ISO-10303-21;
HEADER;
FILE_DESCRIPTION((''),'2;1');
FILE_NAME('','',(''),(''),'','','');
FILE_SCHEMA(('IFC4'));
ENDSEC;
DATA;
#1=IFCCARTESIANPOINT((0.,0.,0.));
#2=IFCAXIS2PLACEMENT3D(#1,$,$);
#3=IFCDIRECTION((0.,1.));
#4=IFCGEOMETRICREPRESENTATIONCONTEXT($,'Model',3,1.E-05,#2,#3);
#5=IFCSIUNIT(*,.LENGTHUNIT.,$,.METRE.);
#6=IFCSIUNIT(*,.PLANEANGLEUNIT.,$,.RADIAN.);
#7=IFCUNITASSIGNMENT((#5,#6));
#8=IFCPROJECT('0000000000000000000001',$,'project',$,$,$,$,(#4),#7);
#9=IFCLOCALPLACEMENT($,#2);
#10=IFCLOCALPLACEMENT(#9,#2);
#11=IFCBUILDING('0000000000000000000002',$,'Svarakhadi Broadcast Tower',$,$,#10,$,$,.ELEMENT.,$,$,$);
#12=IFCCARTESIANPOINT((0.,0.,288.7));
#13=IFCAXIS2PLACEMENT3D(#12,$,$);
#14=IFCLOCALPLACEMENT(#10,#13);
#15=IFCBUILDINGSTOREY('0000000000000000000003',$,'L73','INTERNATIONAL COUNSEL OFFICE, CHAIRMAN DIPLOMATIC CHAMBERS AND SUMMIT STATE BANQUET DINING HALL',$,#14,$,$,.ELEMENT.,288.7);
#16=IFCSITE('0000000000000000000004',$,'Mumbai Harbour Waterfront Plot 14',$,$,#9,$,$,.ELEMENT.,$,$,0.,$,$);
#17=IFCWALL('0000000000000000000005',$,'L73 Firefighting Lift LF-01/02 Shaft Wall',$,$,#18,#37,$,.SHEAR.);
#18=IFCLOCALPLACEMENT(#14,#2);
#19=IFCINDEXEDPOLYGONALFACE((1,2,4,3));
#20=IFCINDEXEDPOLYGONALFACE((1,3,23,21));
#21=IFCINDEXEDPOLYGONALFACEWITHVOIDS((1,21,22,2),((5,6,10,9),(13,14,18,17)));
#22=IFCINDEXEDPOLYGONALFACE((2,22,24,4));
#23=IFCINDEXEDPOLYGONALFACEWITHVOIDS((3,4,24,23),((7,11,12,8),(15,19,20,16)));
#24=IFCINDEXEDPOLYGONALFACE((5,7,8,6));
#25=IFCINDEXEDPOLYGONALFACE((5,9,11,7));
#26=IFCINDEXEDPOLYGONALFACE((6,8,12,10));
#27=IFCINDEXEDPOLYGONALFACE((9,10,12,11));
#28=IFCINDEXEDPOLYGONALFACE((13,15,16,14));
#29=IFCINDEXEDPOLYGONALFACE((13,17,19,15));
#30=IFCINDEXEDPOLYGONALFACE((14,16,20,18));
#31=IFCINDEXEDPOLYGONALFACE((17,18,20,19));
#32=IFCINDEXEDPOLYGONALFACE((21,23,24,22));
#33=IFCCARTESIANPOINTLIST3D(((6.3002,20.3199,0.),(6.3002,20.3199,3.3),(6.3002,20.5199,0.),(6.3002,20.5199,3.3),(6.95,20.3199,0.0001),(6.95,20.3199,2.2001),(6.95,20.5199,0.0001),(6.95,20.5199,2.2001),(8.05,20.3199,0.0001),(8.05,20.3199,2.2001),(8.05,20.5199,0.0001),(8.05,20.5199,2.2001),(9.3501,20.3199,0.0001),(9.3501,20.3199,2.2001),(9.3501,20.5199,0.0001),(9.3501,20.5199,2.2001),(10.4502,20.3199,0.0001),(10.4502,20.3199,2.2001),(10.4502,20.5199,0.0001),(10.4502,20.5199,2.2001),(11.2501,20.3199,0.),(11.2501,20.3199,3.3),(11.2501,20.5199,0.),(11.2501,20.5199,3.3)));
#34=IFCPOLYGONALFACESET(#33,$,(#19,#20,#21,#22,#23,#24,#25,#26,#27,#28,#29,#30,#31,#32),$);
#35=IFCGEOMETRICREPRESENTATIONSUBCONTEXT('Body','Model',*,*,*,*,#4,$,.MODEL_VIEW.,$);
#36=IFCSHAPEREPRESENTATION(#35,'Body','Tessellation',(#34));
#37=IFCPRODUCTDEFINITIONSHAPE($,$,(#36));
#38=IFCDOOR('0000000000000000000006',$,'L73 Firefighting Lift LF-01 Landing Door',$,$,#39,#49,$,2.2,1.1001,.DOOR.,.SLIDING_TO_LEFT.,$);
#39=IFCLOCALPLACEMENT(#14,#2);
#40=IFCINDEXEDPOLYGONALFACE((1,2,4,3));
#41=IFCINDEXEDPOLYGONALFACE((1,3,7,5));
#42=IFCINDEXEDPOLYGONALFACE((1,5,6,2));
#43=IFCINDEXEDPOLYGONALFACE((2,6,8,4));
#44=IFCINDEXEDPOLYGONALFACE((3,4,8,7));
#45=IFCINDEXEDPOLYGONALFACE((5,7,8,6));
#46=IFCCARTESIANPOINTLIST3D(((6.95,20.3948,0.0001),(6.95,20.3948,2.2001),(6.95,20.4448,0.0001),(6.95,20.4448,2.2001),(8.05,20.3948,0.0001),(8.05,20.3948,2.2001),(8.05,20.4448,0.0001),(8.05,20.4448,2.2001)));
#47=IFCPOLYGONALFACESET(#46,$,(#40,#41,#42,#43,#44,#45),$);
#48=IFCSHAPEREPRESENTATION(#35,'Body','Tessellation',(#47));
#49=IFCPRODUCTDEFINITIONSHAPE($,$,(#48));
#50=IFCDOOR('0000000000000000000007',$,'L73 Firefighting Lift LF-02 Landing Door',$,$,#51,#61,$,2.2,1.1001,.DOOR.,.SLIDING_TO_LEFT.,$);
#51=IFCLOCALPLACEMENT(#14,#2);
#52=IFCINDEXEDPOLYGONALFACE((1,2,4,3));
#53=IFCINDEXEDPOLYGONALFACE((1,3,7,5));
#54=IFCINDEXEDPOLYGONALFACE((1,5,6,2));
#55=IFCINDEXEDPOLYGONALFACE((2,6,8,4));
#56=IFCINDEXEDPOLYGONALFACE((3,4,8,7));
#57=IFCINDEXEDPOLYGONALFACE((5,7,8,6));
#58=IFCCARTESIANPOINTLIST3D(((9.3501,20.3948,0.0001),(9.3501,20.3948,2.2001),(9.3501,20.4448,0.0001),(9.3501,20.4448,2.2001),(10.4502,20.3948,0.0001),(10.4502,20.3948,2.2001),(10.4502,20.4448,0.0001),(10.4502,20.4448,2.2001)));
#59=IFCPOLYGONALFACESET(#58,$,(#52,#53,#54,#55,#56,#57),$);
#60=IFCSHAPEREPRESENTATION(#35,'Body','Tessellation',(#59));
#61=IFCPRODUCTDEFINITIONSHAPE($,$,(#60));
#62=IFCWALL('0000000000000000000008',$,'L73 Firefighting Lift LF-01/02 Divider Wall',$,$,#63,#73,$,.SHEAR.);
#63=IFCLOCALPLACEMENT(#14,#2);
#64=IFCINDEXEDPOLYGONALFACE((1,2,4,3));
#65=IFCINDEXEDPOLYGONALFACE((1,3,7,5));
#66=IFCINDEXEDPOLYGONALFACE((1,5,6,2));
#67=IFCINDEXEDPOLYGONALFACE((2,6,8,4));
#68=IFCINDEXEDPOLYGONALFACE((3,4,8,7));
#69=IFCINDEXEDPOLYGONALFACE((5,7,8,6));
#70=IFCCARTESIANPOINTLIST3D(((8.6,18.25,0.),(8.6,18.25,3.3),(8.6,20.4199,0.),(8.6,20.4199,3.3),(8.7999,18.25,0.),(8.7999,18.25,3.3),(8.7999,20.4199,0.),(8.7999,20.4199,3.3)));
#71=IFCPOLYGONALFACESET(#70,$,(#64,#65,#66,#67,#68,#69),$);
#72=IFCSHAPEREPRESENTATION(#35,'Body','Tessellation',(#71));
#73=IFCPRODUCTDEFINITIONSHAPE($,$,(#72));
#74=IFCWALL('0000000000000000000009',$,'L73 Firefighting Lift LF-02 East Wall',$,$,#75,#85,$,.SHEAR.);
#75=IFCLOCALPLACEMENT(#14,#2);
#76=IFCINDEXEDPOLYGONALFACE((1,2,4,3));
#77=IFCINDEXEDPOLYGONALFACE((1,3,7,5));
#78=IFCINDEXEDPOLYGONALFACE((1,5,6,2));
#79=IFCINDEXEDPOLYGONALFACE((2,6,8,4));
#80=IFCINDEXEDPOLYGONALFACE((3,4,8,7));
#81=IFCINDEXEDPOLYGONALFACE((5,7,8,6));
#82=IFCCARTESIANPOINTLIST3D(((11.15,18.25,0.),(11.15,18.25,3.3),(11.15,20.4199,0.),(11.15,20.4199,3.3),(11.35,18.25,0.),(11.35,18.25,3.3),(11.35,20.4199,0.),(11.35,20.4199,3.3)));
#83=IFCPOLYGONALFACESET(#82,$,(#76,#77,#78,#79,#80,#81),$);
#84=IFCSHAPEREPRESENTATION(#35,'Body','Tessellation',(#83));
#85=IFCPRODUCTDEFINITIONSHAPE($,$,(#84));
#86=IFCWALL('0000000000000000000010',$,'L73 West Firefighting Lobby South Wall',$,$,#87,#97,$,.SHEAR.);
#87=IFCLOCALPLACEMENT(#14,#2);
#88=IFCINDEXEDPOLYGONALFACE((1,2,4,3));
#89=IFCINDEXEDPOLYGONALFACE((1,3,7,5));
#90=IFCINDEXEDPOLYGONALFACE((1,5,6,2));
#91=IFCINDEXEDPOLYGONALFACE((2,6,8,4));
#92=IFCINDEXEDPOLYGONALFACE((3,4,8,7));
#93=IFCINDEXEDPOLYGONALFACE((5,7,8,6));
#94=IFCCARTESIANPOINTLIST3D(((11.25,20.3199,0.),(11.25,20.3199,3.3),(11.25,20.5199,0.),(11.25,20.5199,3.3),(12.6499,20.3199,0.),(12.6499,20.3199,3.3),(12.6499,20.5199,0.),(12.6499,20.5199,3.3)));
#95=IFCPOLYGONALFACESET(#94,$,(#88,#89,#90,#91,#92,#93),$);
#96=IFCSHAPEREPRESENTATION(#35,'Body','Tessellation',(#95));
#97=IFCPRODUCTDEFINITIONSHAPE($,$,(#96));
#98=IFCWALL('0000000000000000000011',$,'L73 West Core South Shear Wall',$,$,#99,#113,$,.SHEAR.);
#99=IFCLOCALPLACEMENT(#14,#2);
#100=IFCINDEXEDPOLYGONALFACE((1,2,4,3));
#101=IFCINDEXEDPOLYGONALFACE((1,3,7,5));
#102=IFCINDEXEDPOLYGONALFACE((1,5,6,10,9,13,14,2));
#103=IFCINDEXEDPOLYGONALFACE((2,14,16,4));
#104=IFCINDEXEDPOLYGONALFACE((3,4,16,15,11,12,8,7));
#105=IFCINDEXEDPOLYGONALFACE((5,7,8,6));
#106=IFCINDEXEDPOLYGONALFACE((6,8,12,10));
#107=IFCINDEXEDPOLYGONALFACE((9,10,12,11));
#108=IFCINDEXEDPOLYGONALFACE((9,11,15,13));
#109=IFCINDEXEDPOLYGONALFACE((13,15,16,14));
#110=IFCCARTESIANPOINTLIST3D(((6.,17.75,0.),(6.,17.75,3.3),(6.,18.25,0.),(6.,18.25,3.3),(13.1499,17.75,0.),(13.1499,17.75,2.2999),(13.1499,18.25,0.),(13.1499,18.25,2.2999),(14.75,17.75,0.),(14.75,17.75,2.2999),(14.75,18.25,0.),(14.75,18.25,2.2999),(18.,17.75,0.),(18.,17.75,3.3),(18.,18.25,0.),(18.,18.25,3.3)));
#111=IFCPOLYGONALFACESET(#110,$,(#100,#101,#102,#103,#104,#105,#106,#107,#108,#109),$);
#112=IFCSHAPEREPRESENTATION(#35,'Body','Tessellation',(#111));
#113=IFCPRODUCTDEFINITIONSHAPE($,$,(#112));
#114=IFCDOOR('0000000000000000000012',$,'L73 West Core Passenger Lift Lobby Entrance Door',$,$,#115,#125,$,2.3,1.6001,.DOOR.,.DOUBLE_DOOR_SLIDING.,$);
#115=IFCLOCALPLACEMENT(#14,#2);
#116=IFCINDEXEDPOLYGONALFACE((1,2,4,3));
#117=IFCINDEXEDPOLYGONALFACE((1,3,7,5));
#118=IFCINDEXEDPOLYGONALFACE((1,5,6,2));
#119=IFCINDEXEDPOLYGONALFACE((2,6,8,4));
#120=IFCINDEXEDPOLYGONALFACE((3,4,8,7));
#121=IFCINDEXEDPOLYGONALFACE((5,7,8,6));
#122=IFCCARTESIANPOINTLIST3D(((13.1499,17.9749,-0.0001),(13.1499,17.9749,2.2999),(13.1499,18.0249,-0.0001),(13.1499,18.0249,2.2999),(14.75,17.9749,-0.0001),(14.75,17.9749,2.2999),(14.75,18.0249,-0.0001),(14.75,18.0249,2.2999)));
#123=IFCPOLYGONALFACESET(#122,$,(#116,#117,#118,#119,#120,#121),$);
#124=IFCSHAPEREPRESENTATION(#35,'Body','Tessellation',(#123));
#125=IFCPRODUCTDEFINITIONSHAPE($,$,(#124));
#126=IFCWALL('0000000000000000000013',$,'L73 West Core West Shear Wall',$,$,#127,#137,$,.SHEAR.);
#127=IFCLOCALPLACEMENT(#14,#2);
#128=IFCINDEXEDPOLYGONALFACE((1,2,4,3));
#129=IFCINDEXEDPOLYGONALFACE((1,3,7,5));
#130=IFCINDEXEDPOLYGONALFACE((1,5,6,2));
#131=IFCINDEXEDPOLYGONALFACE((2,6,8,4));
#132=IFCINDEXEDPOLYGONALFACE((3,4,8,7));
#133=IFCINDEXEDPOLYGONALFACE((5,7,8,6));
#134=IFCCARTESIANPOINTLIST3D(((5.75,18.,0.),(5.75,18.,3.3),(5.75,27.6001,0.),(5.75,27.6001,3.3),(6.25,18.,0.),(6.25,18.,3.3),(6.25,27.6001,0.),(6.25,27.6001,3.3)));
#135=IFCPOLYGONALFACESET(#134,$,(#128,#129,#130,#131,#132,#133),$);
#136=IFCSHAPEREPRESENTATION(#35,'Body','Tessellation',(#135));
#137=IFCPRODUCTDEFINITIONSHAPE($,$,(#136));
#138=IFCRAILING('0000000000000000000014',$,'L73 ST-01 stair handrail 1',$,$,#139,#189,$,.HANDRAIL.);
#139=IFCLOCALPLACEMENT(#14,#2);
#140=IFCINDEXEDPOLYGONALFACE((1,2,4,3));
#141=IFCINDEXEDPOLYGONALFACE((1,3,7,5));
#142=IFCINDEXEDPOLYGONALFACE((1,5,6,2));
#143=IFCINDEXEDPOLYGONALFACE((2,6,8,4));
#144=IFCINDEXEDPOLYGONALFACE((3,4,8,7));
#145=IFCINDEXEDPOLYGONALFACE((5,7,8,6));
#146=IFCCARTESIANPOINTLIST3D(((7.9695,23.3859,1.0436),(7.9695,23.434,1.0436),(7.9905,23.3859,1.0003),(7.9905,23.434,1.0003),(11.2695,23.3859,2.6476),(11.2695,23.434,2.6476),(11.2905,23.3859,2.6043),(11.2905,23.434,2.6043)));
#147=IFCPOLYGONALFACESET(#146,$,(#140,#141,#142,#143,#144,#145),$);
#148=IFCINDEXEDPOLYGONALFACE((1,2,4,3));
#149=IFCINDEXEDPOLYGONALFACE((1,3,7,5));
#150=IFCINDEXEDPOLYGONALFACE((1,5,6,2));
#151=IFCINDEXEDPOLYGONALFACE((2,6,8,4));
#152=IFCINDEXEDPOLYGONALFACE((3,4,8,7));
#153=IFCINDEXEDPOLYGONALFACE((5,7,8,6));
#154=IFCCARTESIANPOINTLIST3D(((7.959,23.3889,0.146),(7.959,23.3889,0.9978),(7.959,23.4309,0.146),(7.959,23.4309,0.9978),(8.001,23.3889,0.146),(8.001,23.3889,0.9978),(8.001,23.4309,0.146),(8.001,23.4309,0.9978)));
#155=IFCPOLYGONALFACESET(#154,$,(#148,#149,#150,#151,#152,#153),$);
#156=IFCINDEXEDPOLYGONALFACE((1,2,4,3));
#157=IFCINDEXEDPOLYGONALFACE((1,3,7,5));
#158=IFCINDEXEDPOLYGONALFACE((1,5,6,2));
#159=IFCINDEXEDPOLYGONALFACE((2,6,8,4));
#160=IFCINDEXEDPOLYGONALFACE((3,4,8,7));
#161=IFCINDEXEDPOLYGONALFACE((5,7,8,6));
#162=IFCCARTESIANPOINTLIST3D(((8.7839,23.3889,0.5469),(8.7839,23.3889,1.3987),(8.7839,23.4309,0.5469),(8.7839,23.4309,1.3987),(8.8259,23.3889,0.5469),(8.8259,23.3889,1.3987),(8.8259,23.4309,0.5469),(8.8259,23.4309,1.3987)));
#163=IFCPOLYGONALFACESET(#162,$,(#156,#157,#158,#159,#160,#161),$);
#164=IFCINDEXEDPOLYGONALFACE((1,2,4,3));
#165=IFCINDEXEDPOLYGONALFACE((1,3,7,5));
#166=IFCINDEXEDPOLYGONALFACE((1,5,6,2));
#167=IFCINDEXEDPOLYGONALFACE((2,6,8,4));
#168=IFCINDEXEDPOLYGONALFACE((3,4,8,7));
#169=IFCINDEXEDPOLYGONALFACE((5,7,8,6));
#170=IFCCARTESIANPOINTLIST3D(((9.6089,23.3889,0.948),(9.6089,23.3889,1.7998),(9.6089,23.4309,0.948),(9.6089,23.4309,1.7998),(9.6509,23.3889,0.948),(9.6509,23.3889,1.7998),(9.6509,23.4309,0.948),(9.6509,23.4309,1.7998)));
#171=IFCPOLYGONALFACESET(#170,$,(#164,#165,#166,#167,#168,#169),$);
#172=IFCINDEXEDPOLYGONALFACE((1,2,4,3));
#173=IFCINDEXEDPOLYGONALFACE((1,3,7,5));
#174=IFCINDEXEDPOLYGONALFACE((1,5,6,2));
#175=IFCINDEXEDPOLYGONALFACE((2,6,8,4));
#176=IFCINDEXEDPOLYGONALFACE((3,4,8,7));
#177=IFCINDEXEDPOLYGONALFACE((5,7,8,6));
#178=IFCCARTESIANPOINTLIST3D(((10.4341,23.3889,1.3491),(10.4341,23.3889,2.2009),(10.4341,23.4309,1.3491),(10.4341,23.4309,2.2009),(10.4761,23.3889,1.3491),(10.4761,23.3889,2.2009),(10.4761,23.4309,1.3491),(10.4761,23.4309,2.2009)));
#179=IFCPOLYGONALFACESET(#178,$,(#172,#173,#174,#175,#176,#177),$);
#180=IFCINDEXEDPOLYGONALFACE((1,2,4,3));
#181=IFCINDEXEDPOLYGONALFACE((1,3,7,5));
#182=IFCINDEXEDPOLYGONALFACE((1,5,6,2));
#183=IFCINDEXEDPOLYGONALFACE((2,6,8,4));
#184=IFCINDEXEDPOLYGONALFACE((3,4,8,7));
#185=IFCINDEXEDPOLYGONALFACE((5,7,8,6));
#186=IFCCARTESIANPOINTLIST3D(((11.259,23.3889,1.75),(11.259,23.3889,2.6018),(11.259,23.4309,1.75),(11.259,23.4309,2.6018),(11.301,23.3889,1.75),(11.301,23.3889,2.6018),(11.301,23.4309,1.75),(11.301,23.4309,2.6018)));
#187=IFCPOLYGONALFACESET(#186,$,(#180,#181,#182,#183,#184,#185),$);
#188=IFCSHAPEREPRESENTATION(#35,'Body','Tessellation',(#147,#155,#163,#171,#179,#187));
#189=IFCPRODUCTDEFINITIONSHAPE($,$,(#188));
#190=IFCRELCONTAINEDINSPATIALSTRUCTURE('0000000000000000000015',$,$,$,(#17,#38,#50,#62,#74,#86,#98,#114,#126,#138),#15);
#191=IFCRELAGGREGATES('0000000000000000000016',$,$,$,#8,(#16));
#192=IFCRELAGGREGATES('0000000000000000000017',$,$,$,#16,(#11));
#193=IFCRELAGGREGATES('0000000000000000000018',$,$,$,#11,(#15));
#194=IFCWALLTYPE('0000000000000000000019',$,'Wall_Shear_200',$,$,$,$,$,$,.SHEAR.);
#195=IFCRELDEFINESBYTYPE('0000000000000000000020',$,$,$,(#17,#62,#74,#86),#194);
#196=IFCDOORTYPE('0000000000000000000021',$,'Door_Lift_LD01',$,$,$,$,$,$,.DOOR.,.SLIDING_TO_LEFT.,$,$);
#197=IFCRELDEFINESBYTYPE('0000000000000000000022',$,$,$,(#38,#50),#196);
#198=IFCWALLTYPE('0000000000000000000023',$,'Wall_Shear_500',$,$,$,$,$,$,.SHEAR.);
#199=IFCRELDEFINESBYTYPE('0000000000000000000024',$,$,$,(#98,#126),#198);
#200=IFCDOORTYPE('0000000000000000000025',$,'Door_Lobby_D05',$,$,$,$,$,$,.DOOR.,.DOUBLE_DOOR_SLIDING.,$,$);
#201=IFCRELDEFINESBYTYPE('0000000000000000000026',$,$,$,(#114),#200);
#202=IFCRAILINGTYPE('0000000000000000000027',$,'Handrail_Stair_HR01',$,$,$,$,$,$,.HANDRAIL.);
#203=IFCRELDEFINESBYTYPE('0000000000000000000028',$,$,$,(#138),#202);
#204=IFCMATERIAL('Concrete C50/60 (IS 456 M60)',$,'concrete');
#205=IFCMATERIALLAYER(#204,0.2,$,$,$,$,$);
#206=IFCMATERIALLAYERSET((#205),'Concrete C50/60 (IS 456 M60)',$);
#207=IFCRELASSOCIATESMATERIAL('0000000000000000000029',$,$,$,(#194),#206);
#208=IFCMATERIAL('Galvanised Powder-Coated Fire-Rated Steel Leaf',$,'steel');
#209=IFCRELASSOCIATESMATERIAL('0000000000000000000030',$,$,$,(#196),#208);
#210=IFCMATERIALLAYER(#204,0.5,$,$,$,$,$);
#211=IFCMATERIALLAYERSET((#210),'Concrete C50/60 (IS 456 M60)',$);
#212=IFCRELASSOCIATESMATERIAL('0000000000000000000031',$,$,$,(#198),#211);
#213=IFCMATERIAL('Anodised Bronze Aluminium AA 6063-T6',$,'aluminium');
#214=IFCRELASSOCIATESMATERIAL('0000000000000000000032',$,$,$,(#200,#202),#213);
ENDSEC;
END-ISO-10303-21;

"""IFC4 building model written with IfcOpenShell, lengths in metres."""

from ifc_helpers import new_model, si_unit, direction, frame, frame_2d, origin, origin_2d, place, context, subcontext, project, spatial, rectangle, extrude, material, layer, layer_set, type_object, element, fill, save


model = new_model("IFC4")

# Units and contexts
model_context = context("Model", 3, precision=1e-05, world=origin(), true_north=direction((0.0, 1.0)))
body_context = subcontext(model_context, "Body", "Model", "MODEL_VIEW")
ifc_project = project(units=[si_unit("LENGTHUNIT", "METRE"), si_unit("PLANEANGLEUNIT", "RADIAN")], contexts=[model_context])

# Site, building, storey
site_placement = place(None, origin())
site = spatial("IfcSite", under=ifc_project, at=site_placement, Name="Mumbai Harbour Waterfront Plot 14", CompositionType="ELEMENT", RefElevation=0.0)
building_placement = place(site_placement, origin())
building = spatial("IfcBuilding", under=site, at=building_placement, Name="Svarakhadi Broadcast Tower", CompositionType="ELEMENT")
storey_placement = place(building_placement, frame((0.0, 0.0, 288.7)))
storey = spatial("IfcBuildingStorey", under=building, at=storey_placement, Name="L73", Description="INTERNATIONAL COUNSEL OFFICE, CHAIRMAN DIPLOMATIC CHAMBERS AND SUMMIT STATE BANQUET DINING HALL", CompositionType="ELEMENT", Elevation=288.7)

# Shared definitions
ifc_material_1 = material(Name="Concrete C50/60 (IS 456 M60)", Category="concrete")

# Shared definitions
ifc_layer_1 = layer(ifc_material_1, 0.2)
ifc_layer_set_1 = layer_set([ifc_layer_1], Name="Concrete C50/60 (IS 456 M60)")
wall_type_1 = type_object("IfcWallType", Name="Wall_Shear_200", PredefinedType="SHEAR", material=ifc_layer_set_1)
ifc_material_2 = material(Name="Galvanised Powder-Coated Fire-Rated Steel Leaf", Category="steel")

# Wall, openings, doors
wall_1_placement = place(storey_placement, frame((6.3, 20.4199, 0.0), z_axis=(0.0, 0.0, 1.0), x_axis=(1.0, 0.0, 0.0)))
wall_1 = element("IfcWall", 1, at=wall_1_placement, inside=storey, type_object=wall_type_1, Name="L73 Firefighting Lift LF-01/02 Shaft Wall", PredefinedType="SHEAR", context=body_context, shape_type="SweptSolid", body=[
    extrude(rectangle(XDim=4.95, YDim=0.2, at=frame_2d((2.4751, 0.0))), origin(), (0.0, 0.0, 1.0), 3.3),
])
opening_1_placement = place(wall_1_placement, frame((0.6499, 0.0, 0.0)))
opening_1 = element("IfcOpeningElement", 2, at=opening_1_placement, cuts=wall_1, PredefinedType="OPENING", context=body_context, shape_type="SweptSolid", body=[
    extrude(rectangle(XDim=1.1001, YDim=2.2, at=frame_2d((0.55, 1.1001))), frame((0.0, 0.1099, 0.0), z_axis=(0.0, -1.0, 0.0), x_axis=(1.0, 0.0, 0.0)), (0.0, 0.0, 1.0), 0.22),
])
opening_2_placement = place(wall_1_placement, frame((3.05, 0.0, 0.0)))
opening_2 = element("IfcOpeningElement", 3, at=opening_2_placement, cuts=wall_1, PredefinedType="OPENING", context=body_context, shape_type="SweptSolid", body=[
    extrude(rectangle(XDim=1.1001, YDim=2.2, at=frame_2d((0.55, 1.1001))), frame((0.0, 0.1099, 0.0), z_axis=(0.0, -1.0, 0.0), x_axis=(1.0, 0.0, 0.0)), (0.0, 0.0, 1.0), 0.22),
])
door_type_1 = type_object("IfcDoorType", Name="Door_Lift_LD01", OperationType="SLIDING_TO_LEFT", PredefinedType="DOOR", material=ifc_material_2)
door_1_placement = place(opening_1_placement, origin())
door_1 = element("IfcDoor", 4, at=door_1_placement, inside=storey, type_object=door_type_1, Name="L73 Firefighting Lift LF-01 Landing Door", OperationType="SLIDING_TO_LEFT", OverallHeight=2.2, OverallWidth=1.1001, PredefinedType="DOOR", context=body_context, shape_type="SweptSolid", body=[
    extrude(rectangle(XDim=1.1001, YDim=2.2, at=frame_2d((0.55, 1.1001))), frame((0.0, 0.0249, 0.0), z_axis=(0.0, -1.0, 0.0), x_axis=(1.0, 0.0, 0.0)), (0.0, 0.0, 1.0), 0.05),
])
fill(opening_1, door_1)
door_2_placement = place(opening_2_placement, origin())
door_2 = element("IfcDoor", 5, at=door_2_placement, inside=storey, type_object=door_type_1, Name="L73 Firefighting Lift LF-02 Landing Door", OperationType="SLIDING_TO_LEFT", OverallHeight=2.2, OverallWidth=1.1001, PredefinedType="DOOR", context=body_context, shape_type="SweptSolid", body=[
    extrude(rectangle(XDim=1.1001, YDim=2.2, at=frame_2d((0.55, 1.1001))), frame((0.0, 0.0249, 0.0), z_axis=(0.0, -1.0, 0.0), x_axis=(1.0, 0.0, 0.0)), (0.0, 0.0, 1.0), 0.05),
])
fill(opening_2, door_2)

# Walls
for number, where, z_axis, x_axis, name in (
    (6, (8.7, 18.25, 0.0), (0.0, 0.0, 1.0), (0.0, 1.0, 0.0), "L73 Firefighting Lift LF-01/02 Divider Wall"),
    (7, (11.25, 18.25, 0.0), (0.0, 0.0, 1.0), (0.0, 1.0, 0.0), "L73 Firefighting Lift LF-02 East Wall"),
):
    element("IfcWall", number, at=place(storey_placement, frame(where, z_axis=z_axis, x_axis=x_axis)), inside=storey, type_object=wall_type_1, Name=name, PredefinedType="SHEAR", context=body_context, shape_type="SweptSolid", body=[
        extrude(rectangle(XDim=2.1699, YDim=0.2, at=frame_2d((1.085, 0.0))), origin(), (0.0, 0.0, 1.0), 3.3),
    ])
wall_2_placement = place(storey_placement, frame((11.25, 20.4199, 0.0), z_axis=(0.0, 0.0, 1.0), x_axis=(1.0, 0.0, 0.0)))
element("IfcWall", 8, at=wall_2_placement, inside=storey, type_object=wall_type_1, Name="L73 West Firefighting Lobby South Wall", PredefinedType="SHEAR", context=body_context, shape_type="SweptSolid", body=[
    extrude(rectangle(XDim=1.3999, YDim=0.2, at=frame_2d((0.7, 0.0))), origin(), (0.0, 0.0, 1.0), 3.3),
])

# Wall, opening, door
ifc_layer_2 = layer(ifc_material_1, 0.5)
ifc_layer_set_2 = layer_set([ifc_layer_2], Name="Concrete C50/60 (IS 456 M60)")
wall_type_2 = type_object("IfcWallType", Name="Wall_Shear_500", PredefinedType="SHEAR", material=ifc_layer_set_2)
wall_3_placement = place(storey_placement, frame((6.0, 18.0, 0.0), z_axis=(0.0, 0.0, 1.0), x_axis=(1.0, 0.0, 0.0)))
wall_3 = element("IfcWall", 9, at=wall_3_placement, inside=storey, type_object=wall_type_2, Name="L73 West Core South Shear Wall", PredefinedType="SHEAR", context=body_context, shape_type="SweptSolid", body=[
    extrude(rectangle(XDim=12.0, YDim=0.5, at=frame_2d((6.0, 0.0))), origin(), (0.0, 0.0, 1.0), 3.3),
])
opening_3_placement = place(wall_3_placement, frame((7.1499, 0.0, 0.0)))
opening_3 = element("IfcOpeningElement", 10, at=opening_3_placement, cuts=wall_3, PredefinedType="OPENING", context=body_context, shape_type="SweptSolid", body=[
    extrude(rectangle(XDim=1.6001, YDim=2.3, at=frame_2d((0.8, 1.1499))), frame((0.0, 0.26, 0.0), z_axis=(0.0, -1.0, 0.0), x_axis=(1.0, 0.0, 0.0)), (0.0, 0.0, 1.0), 0.52),
])
ifc_material_3 = material(Name="Anodised Bronze Aluminium AA 6063-T6", Category="aluminium")
door_type_2 = type_object("IfcDoorType", Name="Door_Lobby_D05", OperationType="DOUBLE_DOOR_SLIDING", PredefinedType="DOOR", material=ifc_material_3)
door_3_placement = place(opening_3_placement, origin())
door_3 = element("IfcDoor", 11, at=door_3_placement, inside=storey, type_object=door_type_2, Name="L73 West Core Passenger Lift Lobby Entrance Door", OperationType="DOUBLE_DOOR_SLIDING", OverallHeight=2.3, OverallWidth=1.6001, PredefinedType="DOOR", context=body_context, shape_type="SweptSolid", body=[
    extrude(rectangle(XDim=1.6001, YDim=2.3, at=frame_2d((0.8, 1.1499))), frame((0.0, 0.0249, 0.0), z_axis=(0.0, -1.0, 0.0), x_axis=(1.0, 0.0, 0.0)), (0.0, 0.0, 1.0), 0.05),
])
fill(opening_3, door_3)

# Wall
wall_4_placement = place(storey_placement, frame((6.0, 18.0, 0.0), z_axis=(0.0, 0.0, 1.0), x_axis=(0.0, 1.0, 0.0)))
element("IfcWall", 12, at=wall_4_placement, inside=storey, type_object=wall_type_2, Name="L73 West Core West Shear Wall", PredefinedType="SHEAR", context=body_context, shape_type="SweptSolid", body=[
    extrude(rectangle(XDim=9.6001, YDim=0.5, at=frame_2d((4.8, 0.0))), origin(), (0.0, 0.0, 1.0), 3.3),
])

# Railing
railing_type = type_object("IfcRailingType", Name="Handrail_Stair_HR01", PredefinedType="HANDRAIL", material=ifc_material_3)
railing_placement = place(storey_placement, frame((7.98, 23.4099, 0.146)))
element("IfcRailing", 13, at=railing_placement, inside=storey, type_object=railing_type, Name="L73 ST-01 stair handrail 1", PredefinedType="HANDRAIL", context=body_context, shape_type="SweptSolid", body=[
    extrude(rectangle(XDim=0.0481, YDim=0.0481, at=origin_2d()), frame((0.0, 0.0, 0.876), z_axis=(0.899388, 0.0, 0.437152), x_axis=(0.0, 1.0, 0.0)), (0.0, 0.0, 1.0), 3.6692),
    extrude(rectangle(XDim=0.042, YDim=0.042, at=origin_2d()), origin(), (0.0, 0.0, 1.0), 0.8518),
    extrude(rectangle(XDim=0.042, YDim=0.042, at=origin_2d()), frame((0.825, 0.0, 0.4009)), (0.0, 0.0, 1.0), 0.8518),
    extrude(rectangle(XDim=0.042, YDim=0.042, at=origin_2d()), frame((1.6499, 0.0, 0.802)), (0.0, 0.0, 1.0), 0.8518),
    extrude(rectangle(XDim=0.042, YDim=0.042, at=origin_2d()), frame((2.4751, 0.0, 1.2031)), (0.0, 0.0, 1.0), 0.8518),
    extrude(rectangle(XDim=0.042, YDim=0.042, at=origin_2d()), frame((3.3, 0.0, 1.604)), (0.0, 0.0, 1.0), 0.8518),
])

save(model, "model.ifc")
